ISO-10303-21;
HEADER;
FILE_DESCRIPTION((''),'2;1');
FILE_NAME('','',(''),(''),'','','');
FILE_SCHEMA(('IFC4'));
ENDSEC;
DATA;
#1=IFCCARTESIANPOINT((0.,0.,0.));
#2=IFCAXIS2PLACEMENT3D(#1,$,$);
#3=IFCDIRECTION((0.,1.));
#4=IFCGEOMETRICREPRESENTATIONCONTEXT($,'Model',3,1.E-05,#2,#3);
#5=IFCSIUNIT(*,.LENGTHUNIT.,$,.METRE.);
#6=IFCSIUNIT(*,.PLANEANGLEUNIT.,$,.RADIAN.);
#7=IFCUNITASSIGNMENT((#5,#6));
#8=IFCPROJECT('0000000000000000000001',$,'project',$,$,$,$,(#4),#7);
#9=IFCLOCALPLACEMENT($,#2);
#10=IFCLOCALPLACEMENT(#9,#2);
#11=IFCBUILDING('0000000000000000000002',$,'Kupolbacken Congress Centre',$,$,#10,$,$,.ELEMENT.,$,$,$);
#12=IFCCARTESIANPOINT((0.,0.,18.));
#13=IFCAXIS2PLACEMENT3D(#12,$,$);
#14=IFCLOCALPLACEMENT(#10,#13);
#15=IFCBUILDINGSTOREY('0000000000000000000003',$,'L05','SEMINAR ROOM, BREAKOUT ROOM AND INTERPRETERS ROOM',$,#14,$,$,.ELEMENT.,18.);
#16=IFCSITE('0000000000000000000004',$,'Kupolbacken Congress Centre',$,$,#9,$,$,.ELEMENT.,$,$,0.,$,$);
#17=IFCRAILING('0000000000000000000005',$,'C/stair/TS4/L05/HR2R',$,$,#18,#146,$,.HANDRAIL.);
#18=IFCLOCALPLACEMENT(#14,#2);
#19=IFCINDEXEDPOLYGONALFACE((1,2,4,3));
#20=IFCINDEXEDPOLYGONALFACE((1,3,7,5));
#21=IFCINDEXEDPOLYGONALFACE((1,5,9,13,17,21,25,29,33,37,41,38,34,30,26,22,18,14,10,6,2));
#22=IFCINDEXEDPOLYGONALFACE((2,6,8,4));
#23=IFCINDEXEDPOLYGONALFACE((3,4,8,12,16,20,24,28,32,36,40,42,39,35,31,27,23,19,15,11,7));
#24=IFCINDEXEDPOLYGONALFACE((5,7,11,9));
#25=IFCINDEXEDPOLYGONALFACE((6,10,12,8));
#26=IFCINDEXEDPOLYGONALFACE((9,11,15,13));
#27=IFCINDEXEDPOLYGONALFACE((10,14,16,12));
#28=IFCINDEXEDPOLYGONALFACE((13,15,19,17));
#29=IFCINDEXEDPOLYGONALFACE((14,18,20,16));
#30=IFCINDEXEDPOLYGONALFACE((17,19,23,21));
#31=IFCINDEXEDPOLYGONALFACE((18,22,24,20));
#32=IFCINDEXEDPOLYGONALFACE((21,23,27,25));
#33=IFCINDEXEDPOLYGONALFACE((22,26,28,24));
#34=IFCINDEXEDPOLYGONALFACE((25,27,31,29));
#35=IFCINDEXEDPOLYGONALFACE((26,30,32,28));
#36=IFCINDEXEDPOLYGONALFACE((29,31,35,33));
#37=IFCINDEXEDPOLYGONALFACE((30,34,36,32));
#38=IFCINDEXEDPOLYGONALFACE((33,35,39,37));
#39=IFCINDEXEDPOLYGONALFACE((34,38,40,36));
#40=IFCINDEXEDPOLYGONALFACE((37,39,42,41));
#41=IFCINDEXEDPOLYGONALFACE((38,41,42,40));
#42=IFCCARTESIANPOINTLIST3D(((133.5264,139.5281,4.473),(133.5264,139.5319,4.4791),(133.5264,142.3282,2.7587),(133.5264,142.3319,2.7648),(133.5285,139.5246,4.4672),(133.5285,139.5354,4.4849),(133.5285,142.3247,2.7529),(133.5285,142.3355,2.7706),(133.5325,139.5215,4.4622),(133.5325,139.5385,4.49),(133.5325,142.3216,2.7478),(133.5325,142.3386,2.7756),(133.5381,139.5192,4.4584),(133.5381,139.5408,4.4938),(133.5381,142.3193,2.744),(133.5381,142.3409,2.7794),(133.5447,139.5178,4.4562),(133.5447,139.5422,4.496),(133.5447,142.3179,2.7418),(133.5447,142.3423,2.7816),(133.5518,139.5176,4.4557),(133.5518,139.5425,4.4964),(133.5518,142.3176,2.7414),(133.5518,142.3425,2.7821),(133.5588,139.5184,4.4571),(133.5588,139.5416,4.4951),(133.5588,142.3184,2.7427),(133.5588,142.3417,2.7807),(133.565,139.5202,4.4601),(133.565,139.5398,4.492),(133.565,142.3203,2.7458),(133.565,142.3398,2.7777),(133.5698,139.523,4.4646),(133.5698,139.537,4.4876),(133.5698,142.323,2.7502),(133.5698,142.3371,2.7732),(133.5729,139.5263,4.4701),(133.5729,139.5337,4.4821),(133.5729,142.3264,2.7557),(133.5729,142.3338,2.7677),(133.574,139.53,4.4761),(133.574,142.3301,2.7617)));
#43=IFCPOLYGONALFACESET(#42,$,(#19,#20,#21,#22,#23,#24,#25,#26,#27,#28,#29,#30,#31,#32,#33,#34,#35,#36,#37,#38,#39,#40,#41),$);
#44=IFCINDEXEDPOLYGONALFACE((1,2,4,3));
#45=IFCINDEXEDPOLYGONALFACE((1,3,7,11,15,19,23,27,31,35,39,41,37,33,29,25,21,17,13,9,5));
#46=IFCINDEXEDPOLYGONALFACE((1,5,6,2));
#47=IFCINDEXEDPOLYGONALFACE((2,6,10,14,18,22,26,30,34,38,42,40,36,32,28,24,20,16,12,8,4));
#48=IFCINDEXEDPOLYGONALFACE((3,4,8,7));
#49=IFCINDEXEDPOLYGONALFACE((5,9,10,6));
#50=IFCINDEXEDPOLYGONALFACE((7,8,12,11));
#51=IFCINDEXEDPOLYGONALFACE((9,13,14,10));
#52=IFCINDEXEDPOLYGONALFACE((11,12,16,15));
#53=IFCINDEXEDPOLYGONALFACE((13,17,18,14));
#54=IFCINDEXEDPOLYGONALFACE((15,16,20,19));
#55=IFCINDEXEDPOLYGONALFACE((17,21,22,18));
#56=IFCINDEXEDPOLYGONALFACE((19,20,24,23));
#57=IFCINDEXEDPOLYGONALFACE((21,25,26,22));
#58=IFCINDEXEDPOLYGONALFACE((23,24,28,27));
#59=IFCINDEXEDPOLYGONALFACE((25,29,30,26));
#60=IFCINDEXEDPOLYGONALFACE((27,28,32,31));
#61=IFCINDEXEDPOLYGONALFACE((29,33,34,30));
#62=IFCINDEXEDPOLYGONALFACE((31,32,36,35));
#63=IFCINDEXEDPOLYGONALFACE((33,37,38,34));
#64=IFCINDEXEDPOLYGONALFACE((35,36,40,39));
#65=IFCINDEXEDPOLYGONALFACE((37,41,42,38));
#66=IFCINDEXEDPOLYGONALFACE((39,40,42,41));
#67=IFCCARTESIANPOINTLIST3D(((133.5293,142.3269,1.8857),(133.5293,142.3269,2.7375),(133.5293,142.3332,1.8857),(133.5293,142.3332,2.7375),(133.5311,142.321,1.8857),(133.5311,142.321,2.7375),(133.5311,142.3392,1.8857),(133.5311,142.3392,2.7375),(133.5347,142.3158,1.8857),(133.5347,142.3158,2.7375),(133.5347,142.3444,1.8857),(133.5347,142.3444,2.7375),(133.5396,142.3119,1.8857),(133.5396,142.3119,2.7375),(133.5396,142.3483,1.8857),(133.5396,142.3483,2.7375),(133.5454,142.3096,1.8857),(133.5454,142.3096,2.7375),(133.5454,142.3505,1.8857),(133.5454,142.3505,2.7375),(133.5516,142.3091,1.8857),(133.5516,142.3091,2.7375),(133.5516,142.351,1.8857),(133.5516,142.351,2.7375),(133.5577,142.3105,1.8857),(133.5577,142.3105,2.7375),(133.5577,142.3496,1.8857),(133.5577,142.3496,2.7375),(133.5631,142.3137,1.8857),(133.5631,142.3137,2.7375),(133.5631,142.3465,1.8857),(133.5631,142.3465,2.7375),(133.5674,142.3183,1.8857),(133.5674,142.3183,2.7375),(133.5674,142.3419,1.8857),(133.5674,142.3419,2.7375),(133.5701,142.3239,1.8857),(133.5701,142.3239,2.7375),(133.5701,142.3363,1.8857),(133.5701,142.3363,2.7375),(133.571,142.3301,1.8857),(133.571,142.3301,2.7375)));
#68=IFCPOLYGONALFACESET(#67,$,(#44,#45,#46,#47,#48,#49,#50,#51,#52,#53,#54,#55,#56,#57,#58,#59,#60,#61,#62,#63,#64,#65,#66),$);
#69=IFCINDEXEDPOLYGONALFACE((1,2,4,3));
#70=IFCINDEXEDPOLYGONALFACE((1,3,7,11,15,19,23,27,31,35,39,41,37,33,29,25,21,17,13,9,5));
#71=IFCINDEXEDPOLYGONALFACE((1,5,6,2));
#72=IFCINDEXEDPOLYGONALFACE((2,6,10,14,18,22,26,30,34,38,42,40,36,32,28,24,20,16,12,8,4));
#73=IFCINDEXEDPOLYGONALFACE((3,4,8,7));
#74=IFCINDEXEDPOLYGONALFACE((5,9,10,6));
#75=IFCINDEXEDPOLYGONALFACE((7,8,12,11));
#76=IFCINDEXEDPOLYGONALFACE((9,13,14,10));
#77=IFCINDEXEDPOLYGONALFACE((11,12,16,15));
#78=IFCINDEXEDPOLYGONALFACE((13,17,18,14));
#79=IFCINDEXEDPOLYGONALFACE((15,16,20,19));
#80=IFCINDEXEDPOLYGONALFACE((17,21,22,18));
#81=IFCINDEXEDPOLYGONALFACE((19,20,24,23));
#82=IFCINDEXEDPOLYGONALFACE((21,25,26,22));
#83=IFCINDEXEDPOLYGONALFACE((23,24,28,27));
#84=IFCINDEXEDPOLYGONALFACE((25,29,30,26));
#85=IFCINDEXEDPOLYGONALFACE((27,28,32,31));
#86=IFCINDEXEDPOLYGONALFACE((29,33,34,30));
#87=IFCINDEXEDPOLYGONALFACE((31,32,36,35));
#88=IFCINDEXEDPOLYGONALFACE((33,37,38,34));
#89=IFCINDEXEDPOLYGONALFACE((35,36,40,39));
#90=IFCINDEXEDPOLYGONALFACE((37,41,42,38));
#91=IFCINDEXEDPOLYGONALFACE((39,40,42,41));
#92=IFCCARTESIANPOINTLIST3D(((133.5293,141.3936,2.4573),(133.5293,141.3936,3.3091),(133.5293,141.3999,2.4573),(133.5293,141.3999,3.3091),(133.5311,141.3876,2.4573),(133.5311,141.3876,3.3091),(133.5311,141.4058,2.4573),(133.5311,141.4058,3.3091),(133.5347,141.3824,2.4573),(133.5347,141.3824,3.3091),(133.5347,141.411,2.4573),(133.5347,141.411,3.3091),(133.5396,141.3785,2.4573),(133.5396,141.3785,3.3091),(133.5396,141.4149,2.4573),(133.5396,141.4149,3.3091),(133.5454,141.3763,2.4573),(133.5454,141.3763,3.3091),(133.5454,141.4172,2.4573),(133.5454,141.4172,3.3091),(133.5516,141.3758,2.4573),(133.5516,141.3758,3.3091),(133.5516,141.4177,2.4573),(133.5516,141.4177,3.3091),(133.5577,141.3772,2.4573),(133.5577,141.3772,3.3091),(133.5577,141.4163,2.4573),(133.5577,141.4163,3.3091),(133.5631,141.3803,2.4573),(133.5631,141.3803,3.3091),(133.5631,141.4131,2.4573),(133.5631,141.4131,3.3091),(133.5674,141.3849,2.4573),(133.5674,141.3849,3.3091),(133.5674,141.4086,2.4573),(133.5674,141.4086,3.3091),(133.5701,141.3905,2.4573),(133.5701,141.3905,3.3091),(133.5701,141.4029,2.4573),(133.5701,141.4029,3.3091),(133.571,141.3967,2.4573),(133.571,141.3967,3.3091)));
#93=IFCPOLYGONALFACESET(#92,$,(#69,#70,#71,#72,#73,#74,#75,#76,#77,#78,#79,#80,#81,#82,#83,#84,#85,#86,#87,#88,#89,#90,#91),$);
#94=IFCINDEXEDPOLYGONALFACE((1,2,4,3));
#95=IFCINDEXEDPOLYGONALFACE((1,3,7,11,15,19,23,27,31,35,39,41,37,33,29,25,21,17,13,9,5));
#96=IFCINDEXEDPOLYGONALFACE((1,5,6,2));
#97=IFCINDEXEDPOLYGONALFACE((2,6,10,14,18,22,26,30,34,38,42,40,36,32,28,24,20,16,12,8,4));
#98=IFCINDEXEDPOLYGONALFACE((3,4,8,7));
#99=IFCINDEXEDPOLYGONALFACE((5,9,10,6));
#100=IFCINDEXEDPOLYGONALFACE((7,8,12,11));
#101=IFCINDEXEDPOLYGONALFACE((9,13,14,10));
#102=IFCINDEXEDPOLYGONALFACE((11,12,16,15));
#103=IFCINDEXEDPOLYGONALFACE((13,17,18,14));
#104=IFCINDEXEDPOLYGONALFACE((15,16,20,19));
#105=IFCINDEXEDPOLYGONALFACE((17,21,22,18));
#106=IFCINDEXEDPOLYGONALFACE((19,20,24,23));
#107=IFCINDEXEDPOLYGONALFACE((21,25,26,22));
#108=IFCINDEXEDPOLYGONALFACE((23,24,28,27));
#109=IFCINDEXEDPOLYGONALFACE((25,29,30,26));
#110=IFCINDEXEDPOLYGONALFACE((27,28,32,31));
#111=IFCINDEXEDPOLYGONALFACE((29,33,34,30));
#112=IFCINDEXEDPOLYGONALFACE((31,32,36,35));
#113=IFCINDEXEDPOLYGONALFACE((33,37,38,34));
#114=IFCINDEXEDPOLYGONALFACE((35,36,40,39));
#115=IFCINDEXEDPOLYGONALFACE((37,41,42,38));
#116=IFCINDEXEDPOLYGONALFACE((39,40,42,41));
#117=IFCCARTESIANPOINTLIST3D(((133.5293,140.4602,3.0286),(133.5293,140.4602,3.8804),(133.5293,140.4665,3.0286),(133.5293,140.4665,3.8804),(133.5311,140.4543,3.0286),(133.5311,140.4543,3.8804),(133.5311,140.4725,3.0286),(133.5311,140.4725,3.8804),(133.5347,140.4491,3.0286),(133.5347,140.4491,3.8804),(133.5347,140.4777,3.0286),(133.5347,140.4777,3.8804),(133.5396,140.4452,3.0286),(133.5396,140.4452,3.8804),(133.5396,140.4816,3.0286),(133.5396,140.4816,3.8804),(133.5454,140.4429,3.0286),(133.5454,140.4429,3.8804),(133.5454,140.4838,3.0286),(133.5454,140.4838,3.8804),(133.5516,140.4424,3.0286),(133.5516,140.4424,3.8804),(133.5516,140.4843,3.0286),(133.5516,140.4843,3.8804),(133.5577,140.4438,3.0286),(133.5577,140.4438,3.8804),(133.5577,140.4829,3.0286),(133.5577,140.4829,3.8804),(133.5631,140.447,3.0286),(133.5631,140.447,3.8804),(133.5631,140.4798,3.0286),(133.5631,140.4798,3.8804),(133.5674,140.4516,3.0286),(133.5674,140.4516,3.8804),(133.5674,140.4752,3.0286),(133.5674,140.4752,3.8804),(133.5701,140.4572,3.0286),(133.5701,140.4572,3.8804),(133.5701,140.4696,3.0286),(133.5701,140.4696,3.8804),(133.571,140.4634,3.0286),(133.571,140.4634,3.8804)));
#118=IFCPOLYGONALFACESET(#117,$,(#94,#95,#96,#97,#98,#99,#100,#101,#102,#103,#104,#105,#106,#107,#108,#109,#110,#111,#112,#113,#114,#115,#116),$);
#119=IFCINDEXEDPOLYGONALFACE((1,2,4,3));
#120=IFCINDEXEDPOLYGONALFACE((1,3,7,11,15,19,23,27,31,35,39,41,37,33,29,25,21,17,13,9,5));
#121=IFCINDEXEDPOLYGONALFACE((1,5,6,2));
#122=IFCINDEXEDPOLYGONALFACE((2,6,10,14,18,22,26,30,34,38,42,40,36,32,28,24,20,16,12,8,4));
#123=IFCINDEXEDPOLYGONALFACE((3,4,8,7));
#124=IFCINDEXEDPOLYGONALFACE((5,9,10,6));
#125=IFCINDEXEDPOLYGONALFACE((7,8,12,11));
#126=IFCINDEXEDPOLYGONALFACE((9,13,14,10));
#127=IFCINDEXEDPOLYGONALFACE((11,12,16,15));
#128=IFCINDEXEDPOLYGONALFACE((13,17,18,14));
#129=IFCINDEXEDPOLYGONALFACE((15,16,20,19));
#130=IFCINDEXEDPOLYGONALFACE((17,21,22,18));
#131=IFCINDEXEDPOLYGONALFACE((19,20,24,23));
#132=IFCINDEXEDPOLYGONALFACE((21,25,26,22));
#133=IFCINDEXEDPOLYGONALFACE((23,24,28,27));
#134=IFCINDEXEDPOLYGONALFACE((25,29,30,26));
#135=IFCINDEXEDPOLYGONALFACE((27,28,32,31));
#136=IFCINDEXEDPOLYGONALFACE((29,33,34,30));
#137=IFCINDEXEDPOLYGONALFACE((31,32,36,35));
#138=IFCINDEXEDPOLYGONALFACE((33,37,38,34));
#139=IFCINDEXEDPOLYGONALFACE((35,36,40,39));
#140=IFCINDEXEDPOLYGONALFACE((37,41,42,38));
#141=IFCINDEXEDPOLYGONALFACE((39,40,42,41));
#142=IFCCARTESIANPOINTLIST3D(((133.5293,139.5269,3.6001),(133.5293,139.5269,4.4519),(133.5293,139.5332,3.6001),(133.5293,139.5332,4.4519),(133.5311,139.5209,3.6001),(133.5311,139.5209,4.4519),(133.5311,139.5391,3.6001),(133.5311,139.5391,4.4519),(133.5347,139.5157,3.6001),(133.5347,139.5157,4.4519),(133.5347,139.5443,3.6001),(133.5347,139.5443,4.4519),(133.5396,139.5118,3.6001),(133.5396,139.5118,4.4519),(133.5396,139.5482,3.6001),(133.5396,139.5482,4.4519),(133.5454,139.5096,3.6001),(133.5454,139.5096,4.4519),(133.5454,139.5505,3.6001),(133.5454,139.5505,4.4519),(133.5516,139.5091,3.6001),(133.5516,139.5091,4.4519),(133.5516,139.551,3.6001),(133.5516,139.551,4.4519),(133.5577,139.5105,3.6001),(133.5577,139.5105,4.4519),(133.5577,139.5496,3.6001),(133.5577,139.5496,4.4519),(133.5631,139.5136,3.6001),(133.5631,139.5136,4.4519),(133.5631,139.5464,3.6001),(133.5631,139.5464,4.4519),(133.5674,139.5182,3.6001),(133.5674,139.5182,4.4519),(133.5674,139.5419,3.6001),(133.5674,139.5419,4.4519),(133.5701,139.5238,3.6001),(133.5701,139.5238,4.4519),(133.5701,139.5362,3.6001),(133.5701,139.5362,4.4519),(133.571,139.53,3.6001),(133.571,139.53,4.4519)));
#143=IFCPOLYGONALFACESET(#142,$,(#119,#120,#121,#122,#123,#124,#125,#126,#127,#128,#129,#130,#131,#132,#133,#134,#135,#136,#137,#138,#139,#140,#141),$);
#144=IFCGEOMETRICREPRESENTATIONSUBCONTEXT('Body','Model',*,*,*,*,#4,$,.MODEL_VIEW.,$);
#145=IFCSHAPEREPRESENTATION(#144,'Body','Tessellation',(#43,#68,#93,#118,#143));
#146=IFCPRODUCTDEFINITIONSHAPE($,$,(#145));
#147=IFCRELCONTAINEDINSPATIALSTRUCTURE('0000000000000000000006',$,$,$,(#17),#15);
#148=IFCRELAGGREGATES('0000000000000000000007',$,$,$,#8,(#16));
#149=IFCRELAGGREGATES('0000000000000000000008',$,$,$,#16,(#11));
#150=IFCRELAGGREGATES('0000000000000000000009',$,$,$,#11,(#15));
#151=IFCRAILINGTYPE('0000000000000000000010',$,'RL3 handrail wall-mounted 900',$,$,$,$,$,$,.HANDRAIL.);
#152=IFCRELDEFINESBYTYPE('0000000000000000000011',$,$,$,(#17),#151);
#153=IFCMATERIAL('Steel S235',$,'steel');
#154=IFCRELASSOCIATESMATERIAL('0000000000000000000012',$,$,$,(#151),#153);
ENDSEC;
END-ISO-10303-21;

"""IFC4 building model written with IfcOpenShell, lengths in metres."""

from ifc_helpers import new_model, si_unit, direction, frame, origin, origin_2d, place, context, subcontext, project, spatial, circle, extrude, material, type_object, element, save


model = new_model("IFC4")

# Units and contexts
model_context = context("Model", 3, precision=1e-05, world=origin(), true_north=direction((0.0, 1.0)))
body_context = subcontext(model_context, "Body", "Model", "MODEL_VIEW")
ifc_project = project(units=[si_unit("LENGTHUNIT", "METRE"), si_unit("PLANEANGLEUNIT", "RADIAN")], contexts=[model_context])

# Site, building, storey
site_placement = place(None, origin())
site = spatial("IfcSite", under=ifc_project, at=site_placement, Name="Kupolbacken Congress Centre", CompositionType="ELEMENT", RefElevation=0.0)
building_placement = place(site_placement, origin())
building = spatial("IfcBuilding", under=site, at=building_placement, Name="Kupolbacken Congress Centre", CompositionType="ELEMENT")
storey_placement = place(building_placement, frame((0.0, 0.0, 18.0)))
storey = spatial("IfcBuildingStorey", under=building, at=storey_placement, Name="L05", Description="SEMINAR ROOM, BREAKOUT ROOM AND INTERPRETERS ROOM", CompositionType="ELEMENT", Elevation=18.0)

# Railing
ifc_material_1 = material(Name="Steel S235", Category="steel")
railing_type_1 = type_object("IfcRailingType", Name="RL3 handrail wall-mounted 900", PredefinedType="HANDRAIL", material=ifc_material_1)
for number, where, name in (
    (1, (133.55, 142.3301, 1.8857), "C/stair/TS4/L05/HR2R"),
):
    element("IfcRailing", number, at=place(storey_placement, frame(where)), inside=storey, type_object=railing_type_1, Name=name, PredefinedType="HANDRAIL", context=body_context, shape_type="SweptSolid", body=[
        extrude(circle(Radius=0.0239, at=origin_2d()), frame((0.0, 0.0, 0.876), z_axis=(0.0, -0.852846, 0.522163), x_axis=(1.0, 0.0, 0.0)), (0.0, 0.0, 1.0), 3.2832),
        extrude(circle(Radius=0.021, at=origin_2d()), origin(), (0.0, 0.0, 1.0), 0.8518),
        extrude(circle(Radius=0.021, at=origin_2d()), frame((0.0, -0.9333, 0.5715)), (0.0, 0.0, 1.0), 0.8518),
        extrude(circle(Radius=0.021, at=origin_2d()), frame((0.0, -1.8667, 1.1428)), (0.0, 0.0, 1.0), 0.8518),
        extrude(circle(Radius=0.021, at=origin_2d()), frame((0.0, -2.8, 1.7144)), (0.0, 0.0, 1.0), 0.8518),
    ])

save(model, "model.ifc")
